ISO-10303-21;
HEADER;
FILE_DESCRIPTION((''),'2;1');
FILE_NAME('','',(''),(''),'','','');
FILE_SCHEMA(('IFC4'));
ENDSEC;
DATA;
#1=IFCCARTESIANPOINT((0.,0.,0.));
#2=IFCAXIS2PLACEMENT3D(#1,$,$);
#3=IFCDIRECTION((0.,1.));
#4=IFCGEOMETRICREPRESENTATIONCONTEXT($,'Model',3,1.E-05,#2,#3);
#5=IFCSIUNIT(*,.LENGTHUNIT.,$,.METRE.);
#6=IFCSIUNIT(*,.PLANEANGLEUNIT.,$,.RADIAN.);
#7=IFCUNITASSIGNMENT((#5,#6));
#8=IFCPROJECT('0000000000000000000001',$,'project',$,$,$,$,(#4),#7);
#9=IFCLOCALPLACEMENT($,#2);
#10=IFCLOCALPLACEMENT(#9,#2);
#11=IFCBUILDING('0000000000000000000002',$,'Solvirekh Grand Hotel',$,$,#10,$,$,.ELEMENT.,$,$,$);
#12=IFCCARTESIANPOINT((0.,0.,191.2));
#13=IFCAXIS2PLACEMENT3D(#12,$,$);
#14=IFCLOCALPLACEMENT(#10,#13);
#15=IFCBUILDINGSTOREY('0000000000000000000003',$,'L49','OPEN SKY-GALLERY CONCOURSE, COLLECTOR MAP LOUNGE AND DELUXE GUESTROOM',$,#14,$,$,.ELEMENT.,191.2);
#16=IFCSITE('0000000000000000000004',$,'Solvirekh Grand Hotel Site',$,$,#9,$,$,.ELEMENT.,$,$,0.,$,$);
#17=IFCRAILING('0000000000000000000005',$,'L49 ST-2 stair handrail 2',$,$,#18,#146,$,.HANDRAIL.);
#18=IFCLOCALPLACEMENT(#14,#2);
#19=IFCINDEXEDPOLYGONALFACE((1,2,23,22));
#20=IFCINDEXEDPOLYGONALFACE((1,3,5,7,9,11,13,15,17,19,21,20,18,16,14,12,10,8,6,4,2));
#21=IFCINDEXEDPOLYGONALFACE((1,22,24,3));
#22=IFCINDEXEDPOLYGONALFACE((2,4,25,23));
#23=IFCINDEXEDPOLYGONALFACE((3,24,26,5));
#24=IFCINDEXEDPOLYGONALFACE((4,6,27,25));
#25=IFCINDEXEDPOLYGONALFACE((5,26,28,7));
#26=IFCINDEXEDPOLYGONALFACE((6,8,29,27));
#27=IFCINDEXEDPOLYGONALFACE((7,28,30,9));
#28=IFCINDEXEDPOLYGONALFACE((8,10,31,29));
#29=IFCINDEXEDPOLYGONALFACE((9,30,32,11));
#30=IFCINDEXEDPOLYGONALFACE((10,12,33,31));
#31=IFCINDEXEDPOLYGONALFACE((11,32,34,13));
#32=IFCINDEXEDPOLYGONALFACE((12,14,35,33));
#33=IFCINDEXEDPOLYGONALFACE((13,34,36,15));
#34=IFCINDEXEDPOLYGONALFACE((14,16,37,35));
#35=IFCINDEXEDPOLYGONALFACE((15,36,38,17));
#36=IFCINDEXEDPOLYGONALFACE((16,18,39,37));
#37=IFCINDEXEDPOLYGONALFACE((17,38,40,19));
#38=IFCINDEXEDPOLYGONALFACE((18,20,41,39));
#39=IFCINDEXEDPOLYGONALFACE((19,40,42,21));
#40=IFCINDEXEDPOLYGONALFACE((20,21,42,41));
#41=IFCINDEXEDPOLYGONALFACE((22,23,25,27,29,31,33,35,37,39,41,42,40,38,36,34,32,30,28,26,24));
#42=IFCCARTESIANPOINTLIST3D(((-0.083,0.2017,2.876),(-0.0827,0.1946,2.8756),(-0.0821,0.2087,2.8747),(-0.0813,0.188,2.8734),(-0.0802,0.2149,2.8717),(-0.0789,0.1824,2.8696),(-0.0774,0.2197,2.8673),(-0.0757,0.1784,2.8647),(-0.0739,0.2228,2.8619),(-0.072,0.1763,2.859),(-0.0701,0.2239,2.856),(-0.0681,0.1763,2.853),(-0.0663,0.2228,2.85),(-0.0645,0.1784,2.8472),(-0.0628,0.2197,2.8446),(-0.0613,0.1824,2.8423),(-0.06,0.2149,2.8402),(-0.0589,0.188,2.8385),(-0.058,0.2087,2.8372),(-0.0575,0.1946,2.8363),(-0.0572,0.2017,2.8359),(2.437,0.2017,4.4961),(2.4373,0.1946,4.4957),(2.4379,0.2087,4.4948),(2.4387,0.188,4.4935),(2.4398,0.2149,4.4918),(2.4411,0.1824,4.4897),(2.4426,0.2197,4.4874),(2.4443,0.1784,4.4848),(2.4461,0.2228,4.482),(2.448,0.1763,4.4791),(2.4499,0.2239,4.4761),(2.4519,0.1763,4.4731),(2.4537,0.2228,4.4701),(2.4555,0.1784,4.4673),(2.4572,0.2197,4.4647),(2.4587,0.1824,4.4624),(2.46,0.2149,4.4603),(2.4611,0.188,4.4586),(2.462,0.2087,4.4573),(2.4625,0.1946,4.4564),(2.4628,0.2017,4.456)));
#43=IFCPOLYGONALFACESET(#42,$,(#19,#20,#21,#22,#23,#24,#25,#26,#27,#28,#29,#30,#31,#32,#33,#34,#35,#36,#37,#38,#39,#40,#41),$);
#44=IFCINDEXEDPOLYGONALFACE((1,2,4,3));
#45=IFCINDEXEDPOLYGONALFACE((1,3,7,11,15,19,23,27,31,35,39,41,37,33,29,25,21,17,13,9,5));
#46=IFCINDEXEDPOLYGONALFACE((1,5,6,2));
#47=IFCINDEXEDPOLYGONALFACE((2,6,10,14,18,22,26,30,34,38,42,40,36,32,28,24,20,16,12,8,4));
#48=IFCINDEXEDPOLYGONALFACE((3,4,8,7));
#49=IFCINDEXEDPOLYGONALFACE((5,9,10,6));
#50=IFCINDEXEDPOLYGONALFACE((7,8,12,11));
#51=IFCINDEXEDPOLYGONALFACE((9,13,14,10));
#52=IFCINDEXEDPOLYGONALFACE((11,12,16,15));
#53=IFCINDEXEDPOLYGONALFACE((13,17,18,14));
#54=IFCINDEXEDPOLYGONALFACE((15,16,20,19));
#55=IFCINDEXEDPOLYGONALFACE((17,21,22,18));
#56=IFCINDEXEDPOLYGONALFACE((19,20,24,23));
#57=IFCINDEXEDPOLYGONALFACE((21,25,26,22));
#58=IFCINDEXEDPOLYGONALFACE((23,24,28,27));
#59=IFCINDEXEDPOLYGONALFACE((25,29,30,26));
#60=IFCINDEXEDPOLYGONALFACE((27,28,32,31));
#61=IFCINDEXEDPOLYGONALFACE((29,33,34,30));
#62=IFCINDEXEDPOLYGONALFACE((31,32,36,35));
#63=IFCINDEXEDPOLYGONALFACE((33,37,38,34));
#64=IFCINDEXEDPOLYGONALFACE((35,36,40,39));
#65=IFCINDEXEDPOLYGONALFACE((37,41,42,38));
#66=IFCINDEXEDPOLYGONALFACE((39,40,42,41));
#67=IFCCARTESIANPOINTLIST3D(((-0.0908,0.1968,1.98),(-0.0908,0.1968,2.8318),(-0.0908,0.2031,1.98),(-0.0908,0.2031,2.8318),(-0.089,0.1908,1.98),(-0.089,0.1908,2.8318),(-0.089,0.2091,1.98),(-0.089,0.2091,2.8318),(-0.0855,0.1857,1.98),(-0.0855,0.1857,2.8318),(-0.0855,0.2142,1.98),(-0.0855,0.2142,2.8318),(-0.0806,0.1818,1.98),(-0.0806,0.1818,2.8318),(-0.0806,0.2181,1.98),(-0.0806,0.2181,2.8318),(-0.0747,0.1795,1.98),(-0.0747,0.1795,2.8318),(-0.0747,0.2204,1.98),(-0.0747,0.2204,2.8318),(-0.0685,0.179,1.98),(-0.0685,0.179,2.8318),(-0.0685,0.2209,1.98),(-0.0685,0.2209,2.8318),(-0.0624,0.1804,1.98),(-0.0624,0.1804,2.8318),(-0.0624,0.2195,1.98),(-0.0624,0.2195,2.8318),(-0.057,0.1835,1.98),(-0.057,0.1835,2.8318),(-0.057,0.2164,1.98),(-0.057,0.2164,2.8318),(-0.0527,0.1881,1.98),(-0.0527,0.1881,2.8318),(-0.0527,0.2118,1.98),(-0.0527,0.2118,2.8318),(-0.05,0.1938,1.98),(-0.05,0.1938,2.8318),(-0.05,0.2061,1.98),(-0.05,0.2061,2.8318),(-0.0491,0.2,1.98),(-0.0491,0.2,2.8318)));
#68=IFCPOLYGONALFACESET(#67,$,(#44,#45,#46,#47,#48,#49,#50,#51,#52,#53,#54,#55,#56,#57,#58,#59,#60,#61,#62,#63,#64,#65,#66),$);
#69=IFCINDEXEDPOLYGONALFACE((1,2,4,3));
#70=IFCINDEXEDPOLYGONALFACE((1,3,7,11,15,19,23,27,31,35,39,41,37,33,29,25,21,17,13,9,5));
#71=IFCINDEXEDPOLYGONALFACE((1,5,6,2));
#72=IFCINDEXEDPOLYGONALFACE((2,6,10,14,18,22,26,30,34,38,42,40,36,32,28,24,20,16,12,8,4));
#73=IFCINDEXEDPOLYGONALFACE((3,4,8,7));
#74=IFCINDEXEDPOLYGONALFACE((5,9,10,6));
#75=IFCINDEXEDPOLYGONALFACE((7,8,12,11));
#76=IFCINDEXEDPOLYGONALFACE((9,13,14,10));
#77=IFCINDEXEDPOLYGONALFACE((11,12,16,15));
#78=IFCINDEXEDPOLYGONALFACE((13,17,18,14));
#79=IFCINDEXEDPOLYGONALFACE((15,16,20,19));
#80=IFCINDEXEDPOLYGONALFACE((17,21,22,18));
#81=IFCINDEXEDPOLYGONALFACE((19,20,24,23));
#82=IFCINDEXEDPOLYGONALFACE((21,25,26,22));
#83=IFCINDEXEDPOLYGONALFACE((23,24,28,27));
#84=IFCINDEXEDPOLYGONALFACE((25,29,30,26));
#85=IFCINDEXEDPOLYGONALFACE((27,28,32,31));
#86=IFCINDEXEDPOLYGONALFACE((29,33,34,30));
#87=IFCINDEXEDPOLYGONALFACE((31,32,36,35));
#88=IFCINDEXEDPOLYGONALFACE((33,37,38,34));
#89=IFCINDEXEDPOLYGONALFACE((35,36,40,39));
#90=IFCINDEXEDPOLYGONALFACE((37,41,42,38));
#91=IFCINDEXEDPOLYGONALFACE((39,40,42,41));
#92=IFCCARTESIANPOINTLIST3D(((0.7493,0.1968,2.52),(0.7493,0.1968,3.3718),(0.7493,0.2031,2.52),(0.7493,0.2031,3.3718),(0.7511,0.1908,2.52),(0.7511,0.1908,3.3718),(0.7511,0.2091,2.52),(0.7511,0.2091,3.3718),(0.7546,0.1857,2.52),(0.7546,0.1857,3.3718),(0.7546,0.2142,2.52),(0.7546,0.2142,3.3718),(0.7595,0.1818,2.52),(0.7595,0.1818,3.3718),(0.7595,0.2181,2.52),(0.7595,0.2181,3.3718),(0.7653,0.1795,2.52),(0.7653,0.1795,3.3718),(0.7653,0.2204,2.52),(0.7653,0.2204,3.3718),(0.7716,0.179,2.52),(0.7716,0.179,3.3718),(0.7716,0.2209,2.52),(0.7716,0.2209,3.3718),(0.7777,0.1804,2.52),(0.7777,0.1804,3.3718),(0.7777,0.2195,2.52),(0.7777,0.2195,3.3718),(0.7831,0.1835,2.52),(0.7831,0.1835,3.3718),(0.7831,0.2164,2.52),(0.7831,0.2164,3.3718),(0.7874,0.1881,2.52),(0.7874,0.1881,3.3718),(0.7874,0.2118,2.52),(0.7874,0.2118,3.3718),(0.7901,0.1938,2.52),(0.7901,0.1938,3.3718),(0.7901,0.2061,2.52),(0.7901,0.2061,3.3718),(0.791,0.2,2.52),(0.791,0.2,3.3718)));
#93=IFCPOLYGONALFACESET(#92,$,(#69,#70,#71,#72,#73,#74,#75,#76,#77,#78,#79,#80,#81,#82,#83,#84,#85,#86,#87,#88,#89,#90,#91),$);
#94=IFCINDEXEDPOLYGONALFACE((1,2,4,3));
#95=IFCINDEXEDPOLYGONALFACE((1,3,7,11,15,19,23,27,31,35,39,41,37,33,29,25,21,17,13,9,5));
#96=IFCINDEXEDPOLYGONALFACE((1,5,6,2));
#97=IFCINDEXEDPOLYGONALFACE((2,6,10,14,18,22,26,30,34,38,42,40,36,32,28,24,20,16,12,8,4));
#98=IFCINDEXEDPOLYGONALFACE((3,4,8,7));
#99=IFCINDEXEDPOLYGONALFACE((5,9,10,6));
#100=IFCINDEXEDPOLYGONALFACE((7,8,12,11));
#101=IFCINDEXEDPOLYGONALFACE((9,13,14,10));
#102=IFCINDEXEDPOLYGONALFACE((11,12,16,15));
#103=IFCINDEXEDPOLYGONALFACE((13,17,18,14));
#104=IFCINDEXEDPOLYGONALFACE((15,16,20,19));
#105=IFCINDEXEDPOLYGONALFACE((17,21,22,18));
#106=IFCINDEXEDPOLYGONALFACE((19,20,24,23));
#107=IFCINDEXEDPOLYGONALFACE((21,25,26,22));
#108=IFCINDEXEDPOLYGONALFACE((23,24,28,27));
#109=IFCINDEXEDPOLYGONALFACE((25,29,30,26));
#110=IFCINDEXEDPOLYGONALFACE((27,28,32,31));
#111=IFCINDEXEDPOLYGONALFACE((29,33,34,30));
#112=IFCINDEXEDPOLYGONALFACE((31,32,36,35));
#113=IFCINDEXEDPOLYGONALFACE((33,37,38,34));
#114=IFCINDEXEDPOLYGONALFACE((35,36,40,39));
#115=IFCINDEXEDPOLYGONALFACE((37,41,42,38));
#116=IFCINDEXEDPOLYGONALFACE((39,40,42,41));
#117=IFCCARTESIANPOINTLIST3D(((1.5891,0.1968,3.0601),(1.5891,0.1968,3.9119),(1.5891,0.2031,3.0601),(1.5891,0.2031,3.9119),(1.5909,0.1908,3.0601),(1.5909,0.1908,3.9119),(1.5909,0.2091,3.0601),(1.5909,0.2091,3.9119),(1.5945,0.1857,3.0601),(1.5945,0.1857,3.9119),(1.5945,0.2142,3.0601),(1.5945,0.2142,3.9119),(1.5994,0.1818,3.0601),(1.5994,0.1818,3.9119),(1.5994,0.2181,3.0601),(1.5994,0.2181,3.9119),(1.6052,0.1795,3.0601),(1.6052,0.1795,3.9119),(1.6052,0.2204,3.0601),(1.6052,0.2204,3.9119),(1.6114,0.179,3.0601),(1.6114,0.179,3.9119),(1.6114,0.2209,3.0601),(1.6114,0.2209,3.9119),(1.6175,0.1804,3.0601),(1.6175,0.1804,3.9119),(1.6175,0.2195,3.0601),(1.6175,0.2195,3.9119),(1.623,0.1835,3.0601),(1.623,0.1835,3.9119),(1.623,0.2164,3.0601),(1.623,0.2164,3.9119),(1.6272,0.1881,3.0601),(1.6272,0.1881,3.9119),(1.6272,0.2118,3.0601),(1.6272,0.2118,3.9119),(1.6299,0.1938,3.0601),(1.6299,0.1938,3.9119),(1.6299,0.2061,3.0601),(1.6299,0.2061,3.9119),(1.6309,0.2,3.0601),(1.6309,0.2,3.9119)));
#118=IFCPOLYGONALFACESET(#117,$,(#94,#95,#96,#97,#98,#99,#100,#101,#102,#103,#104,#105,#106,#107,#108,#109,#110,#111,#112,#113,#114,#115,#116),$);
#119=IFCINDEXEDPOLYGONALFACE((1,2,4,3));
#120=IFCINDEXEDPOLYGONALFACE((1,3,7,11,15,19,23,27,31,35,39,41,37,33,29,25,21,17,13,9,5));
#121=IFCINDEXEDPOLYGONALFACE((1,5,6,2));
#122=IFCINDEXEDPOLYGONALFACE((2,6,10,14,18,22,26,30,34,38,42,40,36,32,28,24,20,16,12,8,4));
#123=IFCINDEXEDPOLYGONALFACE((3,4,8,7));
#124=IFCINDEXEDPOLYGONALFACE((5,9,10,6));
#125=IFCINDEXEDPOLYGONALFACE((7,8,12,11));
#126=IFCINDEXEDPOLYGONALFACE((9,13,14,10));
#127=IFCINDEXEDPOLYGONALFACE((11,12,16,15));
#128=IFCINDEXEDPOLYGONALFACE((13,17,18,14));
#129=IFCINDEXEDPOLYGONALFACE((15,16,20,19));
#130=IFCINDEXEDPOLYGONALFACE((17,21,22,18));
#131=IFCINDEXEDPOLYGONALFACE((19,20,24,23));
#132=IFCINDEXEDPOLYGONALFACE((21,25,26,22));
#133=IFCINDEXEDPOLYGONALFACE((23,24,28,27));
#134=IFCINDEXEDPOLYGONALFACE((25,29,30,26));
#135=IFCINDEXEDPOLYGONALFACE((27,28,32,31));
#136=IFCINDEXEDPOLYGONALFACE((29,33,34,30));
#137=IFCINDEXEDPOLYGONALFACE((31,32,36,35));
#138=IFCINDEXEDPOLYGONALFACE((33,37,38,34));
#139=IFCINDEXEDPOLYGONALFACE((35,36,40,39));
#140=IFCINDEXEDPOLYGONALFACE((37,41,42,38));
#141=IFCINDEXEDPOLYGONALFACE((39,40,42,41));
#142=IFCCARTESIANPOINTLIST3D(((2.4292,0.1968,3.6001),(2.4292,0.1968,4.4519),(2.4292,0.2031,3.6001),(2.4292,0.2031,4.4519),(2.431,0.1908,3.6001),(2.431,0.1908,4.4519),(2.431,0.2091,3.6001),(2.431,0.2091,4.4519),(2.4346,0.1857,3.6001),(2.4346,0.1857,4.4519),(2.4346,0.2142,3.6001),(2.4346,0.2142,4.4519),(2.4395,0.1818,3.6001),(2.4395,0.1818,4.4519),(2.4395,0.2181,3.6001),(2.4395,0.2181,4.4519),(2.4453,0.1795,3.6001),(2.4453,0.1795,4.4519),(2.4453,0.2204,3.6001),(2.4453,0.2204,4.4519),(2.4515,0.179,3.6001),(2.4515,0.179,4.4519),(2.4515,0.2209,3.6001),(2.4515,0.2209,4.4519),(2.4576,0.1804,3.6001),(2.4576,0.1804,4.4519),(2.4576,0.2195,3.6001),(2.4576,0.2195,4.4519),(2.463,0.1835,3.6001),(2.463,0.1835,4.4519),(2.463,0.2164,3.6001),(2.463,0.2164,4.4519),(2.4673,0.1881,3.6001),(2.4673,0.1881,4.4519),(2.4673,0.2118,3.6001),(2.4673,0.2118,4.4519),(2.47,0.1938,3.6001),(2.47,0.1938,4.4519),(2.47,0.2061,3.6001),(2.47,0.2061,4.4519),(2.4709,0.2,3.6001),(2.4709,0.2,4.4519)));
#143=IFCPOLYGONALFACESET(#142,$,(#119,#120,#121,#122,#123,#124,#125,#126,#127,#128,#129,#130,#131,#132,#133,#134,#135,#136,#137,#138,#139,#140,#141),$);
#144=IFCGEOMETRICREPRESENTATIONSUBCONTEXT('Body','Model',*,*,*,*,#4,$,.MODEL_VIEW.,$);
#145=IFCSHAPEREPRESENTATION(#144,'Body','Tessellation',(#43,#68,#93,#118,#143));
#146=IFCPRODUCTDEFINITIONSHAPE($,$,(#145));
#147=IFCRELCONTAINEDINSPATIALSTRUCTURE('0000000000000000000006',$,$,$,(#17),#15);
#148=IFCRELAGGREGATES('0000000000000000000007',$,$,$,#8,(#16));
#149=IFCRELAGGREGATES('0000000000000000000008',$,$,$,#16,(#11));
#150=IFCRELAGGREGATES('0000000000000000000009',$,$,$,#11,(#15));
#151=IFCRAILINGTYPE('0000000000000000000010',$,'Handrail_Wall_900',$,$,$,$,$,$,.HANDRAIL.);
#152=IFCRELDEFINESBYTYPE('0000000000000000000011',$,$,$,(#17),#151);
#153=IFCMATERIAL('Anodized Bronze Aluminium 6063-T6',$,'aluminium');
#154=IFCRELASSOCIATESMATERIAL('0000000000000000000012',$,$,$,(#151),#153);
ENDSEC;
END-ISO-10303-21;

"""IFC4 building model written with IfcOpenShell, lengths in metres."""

from ifc_helpers import new_model, si_unit, direction, frame, origin, origin_2d, place, context, subcontext, project, spatial, circle, extrude, material, type_object, element, save


model = new_model("IFC4")

# Units and contexts
model_context = context("Model", 3, precision=1e-05, world=origin(), true_north=direction((0.0, 1.0)))
body_context = subcontext(model_context, "Body", "Model", "MODEL_VIEW")
ifc_project = project(units=[si_unit("LENGTHUNIT", "METRE"), si_unit("PLANEANGLEUNIT", "RADIAN")], contexts=[model_context])

# Site, building, storey
site_placement = place(None, origin())
site = spatial("IfcSite", under=ifc_project, at=site_placement, Name="Solvirekh Grand Hotel Site", CompositionType="ELEMENT", RefElevation=0.0)
building_placement = place(site_placement, origin())
building = spatial("IfcBuilding", under=site, at=building_placement, Name="Solvirekh Grand Hotel", CompositionType="ELEMENT")
storey_placement = place(building_placement, frame((0.0, 0.0, 191.2)))
storey = spatial("IfcBuildingStorey", under=building, at=storey_placement, Name="L49", Description="OPEN SKY-GALLERY CONCOURSE, COLLECTOR MAP LOUNGE AND DELUXE GUESTROOM", CompositionType="ELEMENT", Elevation=191.2)

# Railing
ifc_material_1 = material(Name="Anodized Bronze Aluminium 6063-T6", Category="aluminium")
railing_type_1 = type_object("IfcRailingType", Name="Handrail_Wall_900", PredefinedType="HANDRAIL", material=ifc_material_1)
railing_1_placement = place(storey_placement, frame((-0.0701, 0.2, 1.98)))
element("IfcRailing", 1, at=railing_1_placement, inside=storey, type_object=railing_type_1, Name="L49 ST-2 stair handrail 2", PredefinedType="HANDRAIL", context=body_context, shape_type="SweptSolid", body=[
    extrude(circle(Radius=0.0239, at=origin_2d()), frame((0.0, 0.0, 0.876), z_axis=(0.841163, 0.0, 0.540782), x_axis=(0.0, 1.0, 0.0)), (0.0, 0.0, 1.0), 2.9958),
    extrude(circle(Radius=0.021, at=origin_2d()), origin(), (0.0, 0.0, 1.0), 0.8518),
    extrude(circle(Radius=0.021, at=origin_2d()), frame((0.8401, 0.0, 0.54)), (0.0, 0.0, 1.0), 0.8518),
    extrude(circle(Radius=0.021, at=origin_2d()), frame((1.6799, 0.0, 1.0801)), (0.0, 0.0, 1.0), 0.8518),
    extrude(circle(Radius=0.021, at=origin_2d()), frame((2.52, 0.0, 1.6201)), (0.0, 0.0, 1.0), 0.8518),
])

save(model, "model.ifc")
